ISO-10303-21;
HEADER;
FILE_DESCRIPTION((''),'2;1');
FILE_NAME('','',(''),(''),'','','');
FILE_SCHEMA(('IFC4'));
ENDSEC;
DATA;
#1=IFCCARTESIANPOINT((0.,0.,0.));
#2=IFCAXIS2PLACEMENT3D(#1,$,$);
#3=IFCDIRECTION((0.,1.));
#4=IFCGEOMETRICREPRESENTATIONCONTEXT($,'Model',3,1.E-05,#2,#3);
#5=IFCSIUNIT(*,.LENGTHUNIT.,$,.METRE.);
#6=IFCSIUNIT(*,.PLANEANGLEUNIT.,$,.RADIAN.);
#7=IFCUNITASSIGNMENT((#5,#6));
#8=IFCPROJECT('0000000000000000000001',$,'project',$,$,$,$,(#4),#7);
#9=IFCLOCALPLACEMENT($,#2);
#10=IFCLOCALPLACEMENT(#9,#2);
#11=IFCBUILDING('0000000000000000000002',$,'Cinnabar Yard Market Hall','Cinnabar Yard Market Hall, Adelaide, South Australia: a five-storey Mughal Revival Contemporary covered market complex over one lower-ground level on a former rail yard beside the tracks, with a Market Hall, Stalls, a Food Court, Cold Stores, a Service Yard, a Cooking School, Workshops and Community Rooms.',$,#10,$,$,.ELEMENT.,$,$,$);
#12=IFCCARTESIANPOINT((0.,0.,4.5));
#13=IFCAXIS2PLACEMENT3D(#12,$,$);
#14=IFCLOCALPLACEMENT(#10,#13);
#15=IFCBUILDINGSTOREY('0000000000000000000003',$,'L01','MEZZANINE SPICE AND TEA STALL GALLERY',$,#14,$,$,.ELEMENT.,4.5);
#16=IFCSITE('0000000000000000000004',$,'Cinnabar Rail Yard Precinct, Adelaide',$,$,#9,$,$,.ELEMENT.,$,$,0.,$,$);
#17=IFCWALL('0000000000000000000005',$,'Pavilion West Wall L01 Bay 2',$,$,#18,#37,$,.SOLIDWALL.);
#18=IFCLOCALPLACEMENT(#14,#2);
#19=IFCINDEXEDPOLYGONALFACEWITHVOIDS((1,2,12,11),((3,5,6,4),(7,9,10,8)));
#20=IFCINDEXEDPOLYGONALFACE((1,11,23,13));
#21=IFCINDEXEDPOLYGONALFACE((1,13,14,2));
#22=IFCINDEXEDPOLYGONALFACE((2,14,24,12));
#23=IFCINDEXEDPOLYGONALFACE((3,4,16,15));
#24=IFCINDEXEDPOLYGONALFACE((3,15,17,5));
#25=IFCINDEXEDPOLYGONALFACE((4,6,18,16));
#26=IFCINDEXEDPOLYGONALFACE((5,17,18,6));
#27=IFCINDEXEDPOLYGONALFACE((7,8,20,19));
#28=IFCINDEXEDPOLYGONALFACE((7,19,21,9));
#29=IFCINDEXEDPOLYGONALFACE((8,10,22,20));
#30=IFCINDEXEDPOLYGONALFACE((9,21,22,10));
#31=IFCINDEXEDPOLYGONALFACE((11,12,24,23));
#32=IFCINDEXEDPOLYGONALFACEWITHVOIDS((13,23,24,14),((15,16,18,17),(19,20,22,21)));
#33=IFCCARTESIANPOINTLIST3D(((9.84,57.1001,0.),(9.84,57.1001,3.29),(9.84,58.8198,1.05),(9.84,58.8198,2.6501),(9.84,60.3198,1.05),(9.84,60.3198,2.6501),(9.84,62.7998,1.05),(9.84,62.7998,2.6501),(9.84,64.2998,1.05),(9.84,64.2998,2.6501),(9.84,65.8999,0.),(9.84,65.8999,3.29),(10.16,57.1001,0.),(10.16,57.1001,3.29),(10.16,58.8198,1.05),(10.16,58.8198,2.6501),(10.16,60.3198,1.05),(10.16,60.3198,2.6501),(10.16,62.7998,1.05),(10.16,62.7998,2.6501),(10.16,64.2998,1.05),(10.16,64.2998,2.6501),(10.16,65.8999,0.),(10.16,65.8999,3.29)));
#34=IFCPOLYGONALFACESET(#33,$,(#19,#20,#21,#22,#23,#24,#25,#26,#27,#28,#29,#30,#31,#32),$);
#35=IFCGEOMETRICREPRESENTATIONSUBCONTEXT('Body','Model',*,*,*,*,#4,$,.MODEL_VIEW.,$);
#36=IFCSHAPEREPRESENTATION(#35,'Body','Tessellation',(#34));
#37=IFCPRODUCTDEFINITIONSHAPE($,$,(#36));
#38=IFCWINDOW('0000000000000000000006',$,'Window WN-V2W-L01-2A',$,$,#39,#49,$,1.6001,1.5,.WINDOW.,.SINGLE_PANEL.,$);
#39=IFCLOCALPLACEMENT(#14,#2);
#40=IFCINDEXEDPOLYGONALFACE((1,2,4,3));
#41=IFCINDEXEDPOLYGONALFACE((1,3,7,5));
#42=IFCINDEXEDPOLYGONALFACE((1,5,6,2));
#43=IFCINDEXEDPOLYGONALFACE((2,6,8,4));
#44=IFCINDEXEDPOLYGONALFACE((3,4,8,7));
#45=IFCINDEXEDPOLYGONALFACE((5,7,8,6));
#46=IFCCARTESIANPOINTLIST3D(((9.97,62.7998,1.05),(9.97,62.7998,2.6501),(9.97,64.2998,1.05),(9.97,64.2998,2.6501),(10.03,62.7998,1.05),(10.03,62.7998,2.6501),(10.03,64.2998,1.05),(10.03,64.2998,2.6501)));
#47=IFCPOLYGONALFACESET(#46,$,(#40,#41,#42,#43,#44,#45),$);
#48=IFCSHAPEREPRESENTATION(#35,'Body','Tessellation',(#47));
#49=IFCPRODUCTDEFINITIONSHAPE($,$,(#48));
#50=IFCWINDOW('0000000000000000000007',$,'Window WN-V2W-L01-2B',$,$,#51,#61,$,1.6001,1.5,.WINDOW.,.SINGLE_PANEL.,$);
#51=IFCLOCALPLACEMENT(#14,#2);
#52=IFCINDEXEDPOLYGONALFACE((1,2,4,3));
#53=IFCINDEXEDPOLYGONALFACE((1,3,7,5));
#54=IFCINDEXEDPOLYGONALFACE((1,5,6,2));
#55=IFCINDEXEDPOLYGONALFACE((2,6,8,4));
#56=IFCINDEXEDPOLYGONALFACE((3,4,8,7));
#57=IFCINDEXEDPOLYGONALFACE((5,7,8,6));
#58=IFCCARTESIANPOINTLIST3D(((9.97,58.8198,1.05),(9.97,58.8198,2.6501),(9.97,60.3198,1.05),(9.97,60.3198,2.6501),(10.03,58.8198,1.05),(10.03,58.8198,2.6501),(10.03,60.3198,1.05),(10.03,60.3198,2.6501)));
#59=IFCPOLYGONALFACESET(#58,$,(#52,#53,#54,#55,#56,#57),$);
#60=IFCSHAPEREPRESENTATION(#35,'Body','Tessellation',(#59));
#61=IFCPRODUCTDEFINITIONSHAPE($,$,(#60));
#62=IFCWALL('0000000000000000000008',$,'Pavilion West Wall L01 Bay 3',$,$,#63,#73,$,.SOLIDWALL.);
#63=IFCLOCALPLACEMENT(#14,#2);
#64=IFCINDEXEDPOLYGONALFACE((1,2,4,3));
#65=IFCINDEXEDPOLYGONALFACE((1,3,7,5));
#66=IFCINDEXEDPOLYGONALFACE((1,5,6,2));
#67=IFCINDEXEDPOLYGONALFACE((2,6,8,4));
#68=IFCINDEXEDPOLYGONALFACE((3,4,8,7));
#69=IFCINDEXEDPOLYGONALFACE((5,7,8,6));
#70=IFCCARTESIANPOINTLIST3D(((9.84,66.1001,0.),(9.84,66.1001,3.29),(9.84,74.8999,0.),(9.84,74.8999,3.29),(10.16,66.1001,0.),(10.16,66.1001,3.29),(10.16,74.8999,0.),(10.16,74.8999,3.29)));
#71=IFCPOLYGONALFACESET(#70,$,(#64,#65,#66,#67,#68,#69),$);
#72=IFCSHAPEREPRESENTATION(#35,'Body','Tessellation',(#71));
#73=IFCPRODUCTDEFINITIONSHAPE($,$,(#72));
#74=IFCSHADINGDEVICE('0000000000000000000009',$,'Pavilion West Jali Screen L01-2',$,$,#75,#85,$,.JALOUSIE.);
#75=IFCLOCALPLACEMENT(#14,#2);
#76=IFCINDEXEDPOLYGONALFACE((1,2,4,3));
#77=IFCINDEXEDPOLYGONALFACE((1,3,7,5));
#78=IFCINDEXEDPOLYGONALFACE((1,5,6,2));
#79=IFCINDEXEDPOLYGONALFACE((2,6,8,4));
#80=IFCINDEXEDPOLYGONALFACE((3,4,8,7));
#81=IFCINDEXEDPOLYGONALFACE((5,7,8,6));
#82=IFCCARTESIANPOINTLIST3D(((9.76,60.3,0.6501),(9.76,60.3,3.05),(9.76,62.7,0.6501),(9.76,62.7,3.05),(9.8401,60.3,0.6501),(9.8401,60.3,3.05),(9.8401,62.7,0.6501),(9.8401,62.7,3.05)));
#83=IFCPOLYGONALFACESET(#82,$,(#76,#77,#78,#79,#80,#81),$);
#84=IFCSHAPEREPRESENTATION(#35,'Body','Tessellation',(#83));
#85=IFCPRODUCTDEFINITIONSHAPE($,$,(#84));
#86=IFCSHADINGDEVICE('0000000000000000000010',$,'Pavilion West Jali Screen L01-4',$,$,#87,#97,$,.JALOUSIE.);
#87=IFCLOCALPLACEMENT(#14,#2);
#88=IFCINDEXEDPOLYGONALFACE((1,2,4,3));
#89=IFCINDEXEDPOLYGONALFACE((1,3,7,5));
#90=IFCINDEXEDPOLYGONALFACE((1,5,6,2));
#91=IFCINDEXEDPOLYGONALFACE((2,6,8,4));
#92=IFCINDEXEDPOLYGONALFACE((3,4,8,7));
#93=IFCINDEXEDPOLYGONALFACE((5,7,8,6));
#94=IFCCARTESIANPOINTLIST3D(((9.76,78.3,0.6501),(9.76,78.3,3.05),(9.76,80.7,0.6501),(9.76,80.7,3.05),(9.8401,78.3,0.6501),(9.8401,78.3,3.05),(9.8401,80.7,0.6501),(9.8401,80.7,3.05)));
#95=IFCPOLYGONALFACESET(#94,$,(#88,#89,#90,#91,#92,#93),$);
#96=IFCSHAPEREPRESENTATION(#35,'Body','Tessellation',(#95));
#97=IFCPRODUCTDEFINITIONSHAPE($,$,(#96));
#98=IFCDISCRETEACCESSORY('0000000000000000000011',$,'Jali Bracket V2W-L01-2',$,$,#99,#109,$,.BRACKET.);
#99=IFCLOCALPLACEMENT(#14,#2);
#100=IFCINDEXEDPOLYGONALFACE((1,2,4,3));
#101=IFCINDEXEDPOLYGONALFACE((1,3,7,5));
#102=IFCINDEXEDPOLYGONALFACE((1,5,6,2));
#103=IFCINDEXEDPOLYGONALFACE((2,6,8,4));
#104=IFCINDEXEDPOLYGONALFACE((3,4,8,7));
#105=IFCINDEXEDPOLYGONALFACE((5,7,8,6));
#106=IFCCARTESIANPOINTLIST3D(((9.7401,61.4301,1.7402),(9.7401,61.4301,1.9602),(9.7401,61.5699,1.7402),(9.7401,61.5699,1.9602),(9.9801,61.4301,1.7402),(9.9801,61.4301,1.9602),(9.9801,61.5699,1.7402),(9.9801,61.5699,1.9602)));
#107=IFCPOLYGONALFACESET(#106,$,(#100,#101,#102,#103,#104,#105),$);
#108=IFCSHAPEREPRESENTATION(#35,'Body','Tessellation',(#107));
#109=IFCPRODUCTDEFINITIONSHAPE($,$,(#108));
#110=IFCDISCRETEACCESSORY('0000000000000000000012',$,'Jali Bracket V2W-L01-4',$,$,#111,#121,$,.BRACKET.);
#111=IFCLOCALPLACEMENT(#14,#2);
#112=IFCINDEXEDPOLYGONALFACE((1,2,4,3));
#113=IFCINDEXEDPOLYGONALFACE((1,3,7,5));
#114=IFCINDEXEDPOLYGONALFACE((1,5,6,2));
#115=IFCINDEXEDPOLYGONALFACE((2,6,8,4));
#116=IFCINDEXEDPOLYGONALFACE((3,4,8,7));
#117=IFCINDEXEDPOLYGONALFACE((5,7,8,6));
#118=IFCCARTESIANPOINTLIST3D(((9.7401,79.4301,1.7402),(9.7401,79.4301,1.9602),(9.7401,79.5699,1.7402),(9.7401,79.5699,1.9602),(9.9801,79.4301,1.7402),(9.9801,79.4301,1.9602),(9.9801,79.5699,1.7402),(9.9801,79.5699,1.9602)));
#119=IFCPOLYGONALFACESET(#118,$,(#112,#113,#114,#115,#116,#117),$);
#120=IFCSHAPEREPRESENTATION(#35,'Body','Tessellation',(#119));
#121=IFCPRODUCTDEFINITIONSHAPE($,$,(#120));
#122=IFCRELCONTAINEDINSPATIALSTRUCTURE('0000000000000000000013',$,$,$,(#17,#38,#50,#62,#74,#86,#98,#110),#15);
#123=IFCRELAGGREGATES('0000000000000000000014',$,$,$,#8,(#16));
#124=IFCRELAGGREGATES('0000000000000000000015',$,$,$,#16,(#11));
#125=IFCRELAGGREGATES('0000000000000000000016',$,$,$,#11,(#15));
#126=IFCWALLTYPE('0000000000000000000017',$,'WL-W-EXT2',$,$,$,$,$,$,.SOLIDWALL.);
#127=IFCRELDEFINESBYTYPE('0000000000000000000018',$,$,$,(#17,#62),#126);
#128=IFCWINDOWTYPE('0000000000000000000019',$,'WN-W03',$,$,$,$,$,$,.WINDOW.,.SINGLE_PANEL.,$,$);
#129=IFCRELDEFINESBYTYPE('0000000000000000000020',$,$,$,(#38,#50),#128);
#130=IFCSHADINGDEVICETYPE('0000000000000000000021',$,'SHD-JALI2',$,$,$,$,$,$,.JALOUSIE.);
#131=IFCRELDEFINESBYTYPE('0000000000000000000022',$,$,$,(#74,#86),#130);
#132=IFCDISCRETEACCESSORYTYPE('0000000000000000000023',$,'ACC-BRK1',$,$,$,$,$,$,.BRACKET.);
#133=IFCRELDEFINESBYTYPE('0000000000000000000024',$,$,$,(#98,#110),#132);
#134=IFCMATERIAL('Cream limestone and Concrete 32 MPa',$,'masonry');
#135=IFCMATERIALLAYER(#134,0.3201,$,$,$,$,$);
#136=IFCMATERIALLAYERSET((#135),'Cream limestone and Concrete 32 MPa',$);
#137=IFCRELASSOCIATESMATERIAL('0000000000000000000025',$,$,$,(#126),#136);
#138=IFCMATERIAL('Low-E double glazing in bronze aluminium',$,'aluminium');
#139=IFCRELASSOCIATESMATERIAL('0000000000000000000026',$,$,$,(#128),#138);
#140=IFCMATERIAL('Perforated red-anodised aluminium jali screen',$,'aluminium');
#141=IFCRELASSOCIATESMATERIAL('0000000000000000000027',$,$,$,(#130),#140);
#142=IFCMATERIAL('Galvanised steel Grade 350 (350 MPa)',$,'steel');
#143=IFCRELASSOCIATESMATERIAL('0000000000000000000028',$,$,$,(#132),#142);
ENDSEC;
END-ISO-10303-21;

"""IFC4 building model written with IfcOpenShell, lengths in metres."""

from ifc_helpers import new_model, si_unit, direction, frame, frame_2d, origin, origin_2d_with_axis, place, context, subcontext, project, spatial, rectangle, extrude, material, layer, layer_set, type_object, element, fill, save


model = new_model("IFC4")

# Units and contexts
model_context = context("Model", 3, precision=1e-05, world=origin(), true_north=direction((0.0, 1.0)))
body_context = subcontext(model_context, "Body", "Model", "MODEL_VIEW")
ifc_project = project(units=[si_unit("LENGTHUNIT", "METRE"), si_unit("PLANEANGLEUNIT", "RADIAN")], contexts=[model_context])

# Site, building, storey
site_placement = place(None, origin())
site = spatial("IfcSite", under=ifc_project, at=site_placement, Name="Cinnabar Rail Yard Precinct, Adelaide", CompositionType="ELEMENT", RefElevation=0.0)
building_placement = place(site_placement, origin())
building = spatial("IfcBuilding", under=site, at=building_placement, Name="Cinnabar Yard Market Hall", Description="Cinnabar Yard Market Hall, Adelaide, South Australia: a five-storey Mughal Revival Contemporary covered market complex over one lower-ground level on a former rail yard beside the tracks, with a Market Hall, Stalls, a Food Court, Cold Stores, a Service Yard, a Cooking School, Workshops and Community Rooms.", CompositionType="ELEMENT")
storey_placement = place(building_placement, frame((0.0, 0.0, 4.5)))
storey = spatial("IfcBuildingStorey", under=building, at=storey_placement, Name="L01", Description="MEZZANINE SPICE AND TEA STALL GALLERY", CompositionType="ELEMENT", Elevation=4.5)

# Wall, openings, windows
ifc_material_1 = material(Name="Cream limestone and Concrete 32 MPa", Category="masonry")
ifc_layer_1 = layer(ifc_material_1, 0.3201)
ifc_layer_set_1 = layer_set([ifc_layer_1], Name="Cream limestone and Concrete 32 MPa")
wall_type_1 = type_object("IfcWallType", Name="WL-W-EXT2", PredefinedType="SOLIDWALL", material=ifc_layer_set_1)
wall_1_placement = place(storey_placement, frame((10.0, 65.8999, 0.0), z_axis=(0.0, 0.0, 1.0), x_axis=(0.0, -1.0, 0.0)))
wall_1 = element("IfcWall", 1, at=wall_1_placement, inside=storey, type_object=wall_type_1, Name="Pavilion West Wall L01 Bay 2", PredefinedType="SOLIDWALL", context=body_context, shape_type="SweptSolid", body=[
    extrude(rectangle(XDim=8.7998, YDim=0.3201, at=frame_2d((4.3999, 0.0), x_axis=(1.0, 0.0))), origin(), (0.0, 0.0, 1.0), 3.29),
])
opening_1_placement = place(wall_1_placement, frame((1.6001, 0.0, 1.05)))
opening_1 = element("IfcOpeningElement", 2, at=opening_1_placement, cuts=wall_1, PredefinedType="OPENING", context=body_context, shape_type="SweptSolid", body=[
    extrude(rectangle(XDim=1.5, YDim=1.6001, at=frame_2d((0.75, 0.8), x_axis=(1.0, 0.0))), frame((0.0, 0.1699, 0.0), z_axis=(0.0, -1.0, 0.0), x_axis=(1.0, 0.0, 0.0)), (0.0, 0.0, 1.0), 0.3401),
])
opening_2_placement = place(wall_1_placement, frame((5.5801, 0.0, 1.05)))
opening_2 = element("IfcOpeningElement", 3, at=opening_2_placement, cuts=wall_1, PredefinedType="OPENING", context=body_context, shape_type="SweptSolid", body=[
    extrude(rectangle(XDim=1.5, YDim=1.6001, at=frame_2d((0.75, 0.8), x_axis=(1.0, 0.0))), frame((0.0, 0.1699, 0.0), z_axis=(0.0, -1.0, 0.0), x_axis=(1.0, 0.0, 0.0)), (0.0, 0.0, 1.0), 0.3401),
])
ifc_material_2 = material(Name="Low-E double glazing in bronze aluminium", Category="aluminium")
window_type = type_object("IfcWindowType", Name="WN-W03", PartitioningType="SINGLE_PANEL", PredefinedType="WINDOW", material=ifc_material_2)
window_1_placement = place(opening_1_placement, origin())
window_1 = element("IfcWindow", 4, at=window_1_placement, inside=storey, type_object=window_type, Name="Window WN-V2W-L01-2A", OverallHeight=1.6001, OverallWidth=1.5, PartitioningType="SINGLE_PANEL", PredefinedType="WINDOW", context=body_context, shape_type="SweptSolid", body=[
    extrude(rectangle(XDim=1.5, YDim=1.6001, at=frame_2d((0.75, 0.8), x_axis=(1.0, 0.0))), frame((0.0, 0.03, 0.0), z_axis=(0.0, -1.0, 0.0), x_axis=(1.0, 0.0, 0.0)), (0.0, 0.0, 1.0), 0.0601),
])
fill(opening_1, window_1)
window_2_placement = place(opening_2_placement, origin())
window_2 = element("IfcWindow", 5, at=window_2_placement, inside=storey, type_object=window_type, Name="Window WN-V2W-L01-2B", OverallHeight=1.6001, OverallWidth=1.5, PartitioningType="SINGLE_PANEL", PredefinedType="WINDOW", context=body_context, shape_type="SweptSolid", body=[
    extrude(rectangle(XDim=1.5, YDim=1.6001, at=frame_2d((0.75, 0.8), x_axis=(1.0, 0.0))), frame((0.0, 0.03, 0.0), z_axis=(0.0, -1.0, 0.0), x_axis=(1.0, 0.0, 0.0)), (0.0, 0.0, 1.0), 0.0601),
])
fill(opening_2, window_2)

# Wall
wall_2_placement = place(storey_placement, frame((10.0, 74.8999, 0.0), z_axis=(0.0, 0.0, 1.0), x_axis=(0.0, -1.0, 0.0)))
element("IfcWall", 6, at=wall_2_placement, inside=storey, type_object=wall_type_1, Name="Pavilion West Wall L01 Bay 3", PredefinedType="SOLIDWALL", context=body_context, shape_type="SweptSolid", body=[
    extrude(rectangle(XDim=8.7998, YDim=0.3201, at=frame_2d((4.3999, 0.0), x_axis=(1.0, 0.0))), origin(), (0.0, 0.0, 1.0), 3.29),
])

# Shading devices
ifc_material_3 = material(Name="Perforated red-anodised aluminium jali screen", Category="aluminium")
shading_device_type = type_object("IfcShadingDeviceType", Name="SHD-JALI2", PredefinedType="JALOUSIE", material=ifc_material_3)
for number, where, z_axis, x_axis, name in (
    (7, (9.8, 61.5, 0.6501), (0.0, 0.0, 1.0), (1.0, 0.0, 0.0), "Pavilion West Jali Screen L01-2"),
    (8, (9.8, 79.5, 0.6501), (0.0, 0.0, 1.0), (1.0, 0.0, 0.0), "Pavilion West Jali Screen L01-4"),
):
    element("IfcShadingDevice", number, at=place(storey_placement, frame(where, z_axis=z_axis, x_axis=x_axis)), inside=storey, type_object=shading_device_type, Name=name, PredefinedType="JALOUSIE", context=body_context, shape_type="SweptSolid", body=[
        extrude(rectangle(XDim=0.0801, YDim=2.3999, at=origin_2d_with_axis()), origin(), (0.0, 0.0, 1.0), 2.3999),
    ])

# Discrete accessories
ifc_material_4 = material(Name="Galvanised steel Grade 350 (350 MPa)", Category="steel")
discrete_accessory_type = type_object("IfcDiscreteAccessoryType", Name="ACC-BRK1", PredefinedType="BRACKET", material=ifc_material_4)
for number, where, z_axis, x_axis, name in (
    (9, (9.8601, 61.5, 1.7402), (0.0, 0.0, 1.0), (1.0, 0.0, 0.0), "Jali Bracket V2W-L01-2"),
    (10, (9.8601, 79.5, 1.7402), (0.0, 0.0, 1.0), (1.0, 0.0, 0.0), "Jali Bracket V2W-L01-4"),
):
    element("IfcDiscreteAccessory", number, at=place(storey_placement, frame(where, z_axis=z_axis, x_axis=x_axis)), inside=storey, type_object=discrete_accessory_type, Name=name, PredefinedType="BRACKET", context=body_context, shape_type="SweptSolid", body=[
        extrude(rectangle(XDim=0.24, YDim=0.1399, at=origin_2d_with_axis()), origin(), (0.0, 0.0, 1.0), 0.22),
    ])

save(model, "model.ifc")
